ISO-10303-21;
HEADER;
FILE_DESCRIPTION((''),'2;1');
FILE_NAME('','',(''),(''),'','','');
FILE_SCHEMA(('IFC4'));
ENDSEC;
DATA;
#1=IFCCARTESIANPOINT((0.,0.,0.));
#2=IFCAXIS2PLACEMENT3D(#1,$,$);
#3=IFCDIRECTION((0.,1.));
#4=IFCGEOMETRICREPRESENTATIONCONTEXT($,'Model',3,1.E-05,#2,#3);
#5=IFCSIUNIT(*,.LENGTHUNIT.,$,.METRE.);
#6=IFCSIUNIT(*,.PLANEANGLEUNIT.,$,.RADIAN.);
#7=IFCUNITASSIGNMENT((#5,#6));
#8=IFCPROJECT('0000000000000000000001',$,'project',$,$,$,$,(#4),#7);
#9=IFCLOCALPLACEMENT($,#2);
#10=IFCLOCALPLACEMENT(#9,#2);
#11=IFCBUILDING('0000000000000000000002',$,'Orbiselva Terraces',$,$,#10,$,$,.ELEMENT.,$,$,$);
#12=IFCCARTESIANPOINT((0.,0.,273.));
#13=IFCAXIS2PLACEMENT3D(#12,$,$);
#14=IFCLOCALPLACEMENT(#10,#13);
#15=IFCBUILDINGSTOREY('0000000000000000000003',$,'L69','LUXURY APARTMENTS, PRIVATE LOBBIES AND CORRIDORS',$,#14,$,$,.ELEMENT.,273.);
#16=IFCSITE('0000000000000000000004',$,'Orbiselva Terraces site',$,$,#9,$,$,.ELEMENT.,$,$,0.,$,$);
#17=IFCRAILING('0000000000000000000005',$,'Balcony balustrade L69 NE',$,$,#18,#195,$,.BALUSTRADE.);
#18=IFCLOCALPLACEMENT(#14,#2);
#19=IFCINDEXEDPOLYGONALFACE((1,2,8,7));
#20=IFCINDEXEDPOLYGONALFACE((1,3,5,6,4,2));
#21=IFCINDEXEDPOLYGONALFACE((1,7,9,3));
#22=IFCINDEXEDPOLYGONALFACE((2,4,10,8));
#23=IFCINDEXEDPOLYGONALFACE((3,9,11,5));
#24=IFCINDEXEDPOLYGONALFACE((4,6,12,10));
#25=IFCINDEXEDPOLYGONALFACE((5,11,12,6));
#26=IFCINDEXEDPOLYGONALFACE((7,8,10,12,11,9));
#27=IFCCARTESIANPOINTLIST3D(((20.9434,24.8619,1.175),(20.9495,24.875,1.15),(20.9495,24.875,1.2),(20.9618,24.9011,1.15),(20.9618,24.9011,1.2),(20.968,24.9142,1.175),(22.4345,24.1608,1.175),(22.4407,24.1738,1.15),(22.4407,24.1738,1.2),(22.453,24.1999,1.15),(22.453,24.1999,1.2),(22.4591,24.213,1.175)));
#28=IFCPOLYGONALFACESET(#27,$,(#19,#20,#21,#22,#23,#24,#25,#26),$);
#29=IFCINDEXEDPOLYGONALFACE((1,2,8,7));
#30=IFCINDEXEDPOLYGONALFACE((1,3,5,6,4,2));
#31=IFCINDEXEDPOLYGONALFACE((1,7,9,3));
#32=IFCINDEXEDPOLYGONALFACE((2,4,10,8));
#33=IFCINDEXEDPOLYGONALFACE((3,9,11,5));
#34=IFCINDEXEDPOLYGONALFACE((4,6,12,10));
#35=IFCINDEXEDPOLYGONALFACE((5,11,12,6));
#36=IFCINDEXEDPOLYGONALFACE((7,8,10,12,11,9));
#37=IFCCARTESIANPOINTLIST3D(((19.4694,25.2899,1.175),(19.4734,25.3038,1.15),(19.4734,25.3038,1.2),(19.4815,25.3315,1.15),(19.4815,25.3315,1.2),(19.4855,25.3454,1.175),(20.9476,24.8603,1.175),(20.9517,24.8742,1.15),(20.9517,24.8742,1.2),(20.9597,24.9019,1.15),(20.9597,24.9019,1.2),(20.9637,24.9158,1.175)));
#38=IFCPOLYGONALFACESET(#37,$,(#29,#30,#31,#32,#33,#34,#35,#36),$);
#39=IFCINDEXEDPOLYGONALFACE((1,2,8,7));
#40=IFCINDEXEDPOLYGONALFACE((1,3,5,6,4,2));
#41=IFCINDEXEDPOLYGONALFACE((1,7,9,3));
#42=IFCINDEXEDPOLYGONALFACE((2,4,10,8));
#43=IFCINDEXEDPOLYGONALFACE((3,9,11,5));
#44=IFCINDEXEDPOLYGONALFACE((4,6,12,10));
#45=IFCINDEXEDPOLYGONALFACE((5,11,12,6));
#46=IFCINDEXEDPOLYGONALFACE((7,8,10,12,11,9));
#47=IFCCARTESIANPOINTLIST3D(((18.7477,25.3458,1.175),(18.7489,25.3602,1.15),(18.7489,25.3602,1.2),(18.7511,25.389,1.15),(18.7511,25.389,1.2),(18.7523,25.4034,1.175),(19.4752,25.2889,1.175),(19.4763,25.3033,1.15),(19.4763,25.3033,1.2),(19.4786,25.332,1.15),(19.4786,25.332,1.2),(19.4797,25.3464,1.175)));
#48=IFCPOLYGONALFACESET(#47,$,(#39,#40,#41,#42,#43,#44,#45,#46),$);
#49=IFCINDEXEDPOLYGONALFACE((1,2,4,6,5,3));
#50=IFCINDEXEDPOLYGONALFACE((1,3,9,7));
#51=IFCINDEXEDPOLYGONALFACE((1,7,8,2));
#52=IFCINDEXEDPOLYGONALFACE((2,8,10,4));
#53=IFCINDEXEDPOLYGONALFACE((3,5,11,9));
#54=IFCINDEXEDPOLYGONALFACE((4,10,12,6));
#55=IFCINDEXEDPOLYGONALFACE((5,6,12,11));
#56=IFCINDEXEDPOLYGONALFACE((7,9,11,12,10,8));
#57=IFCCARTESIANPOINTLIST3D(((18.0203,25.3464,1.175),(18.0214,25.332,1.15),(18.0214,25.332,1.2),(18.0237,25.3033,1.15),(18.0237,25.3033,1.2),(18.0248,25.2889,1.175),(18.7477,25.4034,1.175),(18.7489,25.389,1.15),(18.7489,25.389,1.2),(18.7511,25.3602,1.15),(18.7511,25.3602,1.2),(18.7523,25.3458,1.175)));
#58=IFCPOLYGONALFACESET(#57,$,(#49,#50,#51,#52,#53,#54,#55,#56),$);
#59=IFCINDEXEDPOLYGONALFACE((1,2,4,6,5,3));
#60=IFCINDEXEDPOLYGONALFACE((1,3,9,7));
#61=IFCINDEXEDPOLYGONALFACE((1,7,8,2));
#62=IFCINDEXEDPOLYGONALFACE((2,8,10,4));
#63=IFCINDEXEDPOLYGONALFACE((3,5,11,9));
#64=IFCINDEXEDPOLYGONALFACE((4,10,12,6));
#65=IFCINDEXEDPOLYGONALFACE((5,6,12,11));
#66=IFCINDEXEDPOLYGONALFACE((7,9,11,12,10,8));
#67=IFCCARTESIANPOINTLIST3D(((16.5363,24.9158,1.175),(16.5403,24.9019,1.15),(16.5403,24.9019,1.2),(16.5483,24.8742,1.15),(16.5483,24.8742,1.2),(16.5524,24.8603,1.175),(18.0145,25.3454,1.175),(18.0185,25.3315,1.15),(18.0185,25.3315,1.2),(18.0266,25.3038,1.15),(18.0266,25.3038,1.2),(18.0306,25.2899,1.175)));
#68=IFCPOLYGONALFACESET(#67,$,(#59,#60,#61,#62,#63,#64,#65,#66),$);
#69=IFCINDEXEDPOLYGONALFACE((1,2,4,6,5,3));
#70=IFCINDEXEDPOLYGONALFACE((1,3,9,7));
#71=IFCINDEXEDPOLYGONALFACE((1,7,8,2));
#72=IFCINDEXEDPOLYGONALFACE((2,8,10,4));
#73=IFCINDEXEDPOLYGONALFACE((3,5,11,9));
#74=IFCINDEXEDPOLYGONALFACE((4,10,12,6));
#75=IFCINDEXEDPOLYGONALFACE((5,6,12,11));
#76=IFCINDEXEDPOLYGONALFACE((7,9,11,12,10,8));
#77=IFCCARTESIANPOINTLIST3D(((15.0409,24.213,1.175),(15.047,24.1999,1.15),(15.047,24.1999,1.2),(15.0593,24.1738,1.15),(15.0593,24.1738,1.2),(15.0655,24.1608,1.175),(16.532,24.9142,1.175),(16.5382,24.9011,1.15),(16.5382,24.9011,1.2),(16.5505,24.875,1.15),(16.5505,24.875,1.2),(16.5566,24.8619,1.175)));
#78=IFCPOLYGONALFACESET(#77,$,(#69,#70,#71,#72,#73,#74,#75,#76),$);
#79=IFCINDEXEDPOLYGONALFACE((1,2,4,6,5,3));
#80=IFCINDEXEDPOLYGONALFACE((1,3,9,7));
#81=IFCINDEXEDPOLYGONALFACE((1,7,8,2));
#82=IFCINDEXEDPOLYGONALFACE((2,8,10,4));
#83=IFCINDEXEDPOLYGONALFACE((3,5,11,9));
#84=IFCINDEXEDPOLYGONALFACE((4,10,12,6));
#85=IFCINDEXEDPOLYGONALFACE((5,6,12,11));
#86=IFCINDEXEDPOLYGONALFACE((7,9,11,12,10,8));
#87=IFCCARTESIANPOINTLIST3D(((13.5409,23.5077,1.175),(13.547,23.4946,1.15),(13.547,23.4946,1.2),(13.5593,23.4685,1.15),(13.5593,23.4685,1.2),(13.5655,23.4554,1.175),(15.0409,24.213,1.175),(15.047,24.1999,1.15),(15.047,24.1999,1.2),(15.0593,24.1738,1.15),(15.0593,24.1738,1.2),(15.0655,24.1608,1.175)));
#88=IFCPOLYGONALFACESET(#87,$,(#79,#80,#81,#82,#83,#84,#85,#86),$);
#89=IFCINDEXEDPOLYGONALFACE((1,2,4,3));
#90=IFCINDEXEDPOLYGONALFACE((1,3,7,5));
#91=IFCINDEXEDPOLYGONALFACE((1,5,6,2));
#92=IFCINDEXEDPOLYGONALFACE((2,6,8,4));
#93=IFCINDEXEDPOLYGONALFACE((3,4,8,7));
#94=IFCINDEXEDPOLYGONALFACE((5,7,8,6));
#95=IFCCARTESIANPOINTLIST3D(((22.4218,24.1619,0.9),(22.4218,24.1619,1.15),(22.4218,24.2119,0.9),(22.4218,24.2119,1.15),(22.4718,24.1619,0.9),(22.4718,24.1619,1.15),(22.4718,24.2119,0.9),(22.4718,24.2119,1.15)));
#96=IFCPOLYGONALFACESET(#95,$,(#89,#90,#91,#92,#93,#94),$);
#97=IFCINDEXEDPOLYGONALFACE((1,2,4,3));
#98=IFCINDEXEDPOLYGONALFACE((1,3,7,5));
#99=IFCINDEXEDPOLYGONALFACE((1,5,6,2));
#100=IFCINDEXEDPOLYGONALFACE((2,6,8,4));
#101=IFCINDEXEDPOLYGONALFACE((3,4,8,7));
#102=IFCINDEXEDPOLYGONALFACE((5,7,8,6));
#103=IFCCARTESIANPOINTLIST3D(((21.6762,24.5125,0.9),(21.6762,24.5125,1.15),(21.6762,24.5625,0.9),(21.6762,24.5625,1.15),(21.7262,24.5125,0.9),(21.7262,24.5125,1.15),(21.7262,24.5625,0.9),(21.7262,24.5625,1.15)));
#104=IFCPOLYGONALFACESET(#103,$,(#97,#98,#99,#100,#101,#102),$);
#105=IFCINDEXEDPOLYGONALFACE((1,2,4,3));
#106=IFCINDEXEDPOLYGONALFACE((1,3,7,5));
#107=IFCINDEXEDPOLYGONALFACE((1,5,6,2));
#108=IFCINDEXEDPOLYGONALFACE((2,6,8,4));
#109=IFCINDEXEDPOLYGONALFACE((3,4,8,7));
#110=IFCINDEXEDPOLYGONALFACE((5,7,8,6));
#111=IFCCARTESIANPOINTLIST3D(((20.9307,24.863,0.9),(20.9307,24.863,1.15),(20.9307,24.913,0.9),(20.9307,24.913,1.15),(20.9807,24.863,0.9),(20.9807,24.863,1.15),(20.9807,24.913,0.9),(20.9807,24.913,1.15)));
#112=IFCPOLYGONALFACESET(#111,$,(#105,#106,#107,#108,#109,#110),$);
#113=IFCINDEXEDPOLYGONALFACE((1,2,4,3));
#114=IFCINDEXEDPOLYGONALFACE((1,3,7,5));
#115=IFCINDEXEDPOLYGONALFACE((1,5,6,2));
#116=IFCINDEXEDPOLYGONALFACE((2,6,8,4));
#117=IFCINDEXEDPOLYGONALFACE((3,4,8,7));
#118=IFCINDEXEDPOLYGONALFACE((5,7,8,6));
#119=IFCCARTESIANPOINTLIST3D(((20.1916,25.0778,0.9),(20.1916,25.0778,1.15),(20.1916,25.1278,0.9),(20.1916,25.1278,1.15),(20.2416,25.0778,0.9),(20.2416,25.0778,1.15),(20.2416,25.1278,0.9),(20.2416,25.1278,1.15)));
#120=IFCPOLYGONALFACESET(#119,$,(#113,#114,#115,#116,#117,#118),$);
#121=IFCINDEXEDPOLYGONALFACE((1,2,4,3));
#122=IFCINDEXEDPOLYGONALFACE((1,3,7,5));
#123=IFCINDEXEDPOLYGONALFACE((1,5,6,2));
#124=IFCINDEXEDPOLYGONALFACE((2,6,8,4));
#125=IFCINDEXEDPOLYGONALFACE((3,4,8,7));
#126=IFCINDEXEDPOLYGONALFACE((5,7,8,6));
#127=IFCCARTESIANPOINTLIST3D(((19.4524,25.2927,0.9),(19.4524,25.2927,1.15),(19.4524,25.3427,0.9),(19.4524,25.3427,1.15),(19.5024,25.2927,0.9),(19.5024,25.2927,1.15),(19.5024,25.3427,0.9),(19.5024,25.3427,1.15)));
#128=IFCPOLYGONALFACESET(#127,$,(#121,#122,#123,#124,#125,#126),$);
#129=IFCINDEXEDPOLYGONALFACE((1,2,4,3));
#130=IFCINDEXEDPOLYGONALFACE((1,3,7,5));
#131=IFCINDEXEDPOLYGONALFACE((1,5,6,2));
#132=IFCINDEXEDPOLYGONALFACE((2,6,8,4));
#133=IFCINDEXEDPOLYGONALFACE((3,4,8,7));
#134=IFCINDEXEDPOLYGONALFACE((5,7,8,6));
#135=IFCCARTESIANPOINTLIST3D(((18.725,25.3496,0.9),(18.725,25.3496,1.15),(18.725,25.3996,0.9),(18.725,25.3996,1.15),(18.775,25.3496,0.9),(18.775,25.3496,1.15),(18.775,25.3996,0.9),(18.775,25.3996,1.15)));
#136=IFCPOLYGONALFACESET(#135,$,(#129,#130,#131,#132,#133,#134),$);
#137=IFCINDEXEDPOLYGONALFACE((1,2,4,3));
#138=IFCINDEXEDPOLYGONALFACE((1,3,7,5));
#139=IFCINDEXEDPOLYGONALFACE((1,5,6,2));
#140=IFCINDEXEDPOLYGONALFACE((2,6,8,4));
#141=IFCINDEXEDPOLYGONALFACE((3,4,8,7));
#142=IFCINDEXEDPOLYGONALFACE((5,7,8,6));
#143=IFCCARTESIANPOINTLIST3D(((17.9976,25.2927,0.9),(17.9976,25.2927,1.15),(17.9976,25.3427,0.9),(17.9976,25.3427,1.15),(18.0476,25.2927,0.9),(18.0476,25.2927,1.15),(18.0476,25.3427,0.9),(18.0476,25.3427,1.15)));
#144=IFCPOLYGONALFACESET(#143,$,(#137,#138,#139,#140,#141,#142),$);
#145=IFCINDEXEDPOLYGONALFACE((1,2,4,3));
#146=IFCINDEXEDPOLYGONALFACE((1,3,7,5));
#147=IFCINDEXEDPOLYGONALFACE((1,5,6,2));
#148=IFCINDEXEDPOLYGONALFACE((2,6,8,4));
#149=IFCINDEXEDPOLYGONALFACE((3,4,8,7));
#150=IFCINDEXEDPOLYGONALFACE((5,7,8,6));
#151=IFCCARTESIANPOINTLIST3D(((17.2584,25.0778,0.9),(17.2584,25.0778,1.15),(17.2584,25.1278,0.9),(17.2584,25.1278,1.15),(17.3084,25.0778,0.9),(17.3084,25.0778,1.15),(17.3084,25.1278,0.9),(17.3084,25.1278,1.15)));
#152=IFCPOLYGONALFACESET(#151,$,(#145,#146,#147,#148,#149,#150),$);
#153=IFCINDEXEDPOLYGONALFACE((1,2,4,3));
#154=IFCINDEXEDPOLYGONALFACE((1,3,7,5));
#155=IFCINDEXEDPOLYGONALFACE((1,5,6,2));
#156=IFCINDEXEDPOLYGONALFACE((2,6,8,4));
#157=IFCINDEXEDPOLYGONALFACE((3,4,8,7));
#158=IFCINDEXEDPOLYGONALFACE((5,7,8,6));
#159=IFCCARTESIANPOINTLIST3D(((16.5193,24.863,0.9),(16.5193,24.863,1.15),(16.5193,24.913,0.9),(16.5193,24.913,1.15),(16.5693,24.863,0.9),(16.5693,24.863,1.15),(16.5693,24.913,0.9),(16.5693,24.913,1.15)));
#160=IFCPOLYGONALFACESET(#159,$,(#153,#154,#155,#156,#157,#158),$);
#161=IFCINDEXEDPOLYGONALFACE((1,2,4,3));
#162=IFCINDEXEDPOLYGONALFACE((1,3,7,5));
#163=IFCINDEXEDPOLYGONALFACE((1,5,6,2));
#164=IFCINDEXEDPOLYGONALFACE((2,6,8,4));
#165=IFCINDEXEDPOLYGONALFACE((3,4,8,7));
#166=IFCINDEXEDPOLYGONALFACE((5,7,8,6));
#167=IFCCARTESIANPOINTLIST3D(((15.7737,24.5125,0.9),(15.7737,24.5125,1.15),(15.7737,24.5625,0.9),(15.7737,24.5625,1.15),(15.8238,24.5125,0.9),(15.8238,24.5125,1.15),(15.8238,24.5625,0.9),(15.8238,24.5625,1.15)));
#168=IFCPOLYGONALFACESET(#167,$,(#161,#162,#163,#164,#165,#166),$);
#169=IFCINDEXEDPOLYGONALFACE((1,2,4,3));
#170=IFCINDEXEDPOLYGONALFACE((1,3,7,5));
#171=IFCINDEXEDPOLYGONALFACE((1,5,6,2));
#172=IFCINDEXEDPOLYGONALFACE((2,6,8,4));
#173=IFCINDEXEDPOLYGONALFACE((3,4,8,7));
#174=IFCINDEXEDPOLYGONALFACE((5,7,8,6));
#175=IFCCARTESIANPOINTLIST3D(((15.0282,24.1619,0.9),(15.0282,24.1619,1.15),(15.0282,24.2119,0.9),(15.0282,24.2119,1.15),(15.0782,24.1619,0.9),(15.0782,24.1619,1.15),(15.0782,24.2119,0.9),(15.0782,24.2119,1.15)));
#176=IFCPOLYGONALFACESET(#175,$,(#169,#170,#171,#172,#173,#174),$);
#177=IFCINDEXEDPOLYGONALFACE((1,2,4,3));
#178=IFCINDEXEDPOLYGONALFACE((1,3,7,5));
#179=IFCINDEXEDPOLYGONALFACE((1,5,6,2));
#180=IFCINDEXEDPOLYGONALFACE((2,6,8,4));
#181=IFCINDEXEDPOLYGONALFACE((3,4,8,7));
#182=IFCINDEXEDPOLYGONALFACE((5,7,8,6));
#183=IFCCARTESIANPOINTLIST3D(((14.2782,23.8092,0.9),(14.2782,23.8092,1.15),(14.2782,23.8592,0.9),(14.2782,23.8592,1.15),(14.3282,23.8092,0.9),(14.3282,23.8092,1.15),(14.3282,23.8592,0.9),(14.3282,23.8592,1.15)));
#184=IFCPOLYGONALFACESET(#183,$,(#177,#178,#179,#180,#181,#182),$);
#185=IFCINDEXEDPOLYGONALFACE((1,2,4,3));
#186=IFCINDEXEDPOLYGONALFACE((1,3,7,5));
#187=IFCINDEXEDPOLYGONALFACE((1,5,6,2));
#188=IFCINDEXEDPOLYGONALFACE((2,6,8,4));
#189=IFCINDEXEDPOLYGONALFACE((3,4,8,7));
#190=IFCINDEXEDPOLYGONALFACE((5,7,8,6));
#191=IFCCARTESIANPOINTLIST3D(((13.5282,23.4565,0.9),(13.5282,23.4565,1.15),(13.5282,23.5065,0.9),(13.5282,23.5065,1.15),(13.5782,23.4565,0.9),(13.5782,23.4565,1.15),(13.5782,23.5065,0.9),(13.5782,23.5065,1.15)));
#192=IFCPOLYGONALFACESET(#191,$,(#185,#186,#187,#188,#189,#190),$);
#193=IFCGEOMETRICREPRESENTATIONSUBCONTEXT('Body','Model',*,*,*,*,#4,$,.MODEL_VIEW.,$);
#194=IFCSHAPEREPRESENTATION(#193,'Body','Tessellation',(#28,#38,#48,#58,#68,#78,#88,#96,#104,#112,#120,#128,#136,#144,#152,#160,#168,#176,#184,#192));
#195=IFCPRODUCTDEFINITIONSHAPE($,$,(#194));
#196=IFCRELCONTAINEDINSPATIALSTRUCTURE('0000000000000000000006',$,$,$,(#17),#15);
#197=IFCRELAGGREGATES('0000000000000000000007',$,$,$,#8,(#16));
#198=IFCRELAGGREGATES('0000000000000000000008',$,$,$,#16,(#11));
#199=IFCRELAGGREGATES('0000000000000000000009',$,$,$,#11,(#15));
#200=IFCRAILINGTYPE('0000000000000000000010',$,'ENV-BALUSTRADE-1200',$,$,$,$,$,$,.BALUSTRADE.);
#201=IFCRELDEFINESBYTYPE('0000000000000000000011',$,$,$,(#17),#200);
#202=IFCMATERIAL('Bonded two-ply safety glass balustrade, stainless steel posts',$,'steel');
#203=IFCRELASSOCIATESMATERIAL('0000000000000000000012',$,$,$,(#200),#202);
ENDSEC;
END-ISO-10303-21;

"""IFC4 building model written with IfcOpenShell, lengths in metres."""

from ifc_helpers import new_model, si_unit, direction, frame, origin, origin_2d, place, context, subcontext, project, spatial, polyline, rectangle, outline, extrude, material, type_object, element, save


model = new_model("IFC4")

# Units and contexts
model_context = context("Model", 3, precision=1e-05, world=origin(), true_north=direction((0.0, 1.0)))
body_context = subcontext(model_context, "Body", "Model", "MODEL_VIEW")
ifc_project = project(units=[si_unit("LENGTHUNIT", "METRE"), si_unit("PLANEANGLEUNIT", "RADIAN")], contexts=[model_context])

# Site, building, storey
site_placement = place(None, origin())
site = spatial("IfcSite", under=ifc_project, at=site_placement, Name="Orbiselva Terraces site", CompositionType="ELEMENT", RefElevation=0.0)
building_placement = place(site_placement, origin())
building = spatial("IfcBuilding", under=site, at=building_placement, Name="Orbiselva Terraces", CompositionType="ELEMENT")
storey_placement = place(building_placement, frame((0.0, 0.0, 273.0)))
storey = spatial("IfcBuildingStorey", under=building, at=storey_placement, Name="L69", Description="LUXURY APARTMENTS, PRIVATE LOBBIES AND CORRIDORS", CompositionType="ELEMENT", Elevation=273.0)

# Railing
ifc_material_1 = material(Name="Bonded two-ply safety glass balustrade, stainless steel posts", Category="steel")
railing_type_1 = type_object("IfcRailingType", Name="ENV-BALUSTRADE-1200", PredefinedType="BALUSTRADE", material=ifc_material_1)
railing_1_placement = place(storey_placement, frame((22.4468, 24.1869, 0.9)))
element("IfcRailing", 1, at=railing_1_placement, inside=storey, type_object=railing_type_1, Name="Balcony balustrade L69 NE", PredefinedType="BALUSTRADE", context=body_context, shape_type="SweptSolid", body=[
    extrude(outline(polyline([(0.0289, 0.0), (0.0144, 0.025), (-0.0144, 0.025), (-0.0289, 0.0), (-0.0144, -0.025), (0.0144, -0.025), (0.0289, 0.0)])), frame((0.0, 0.0, 0.275), z_axis=(-0.904944, 0.42553, 0.0), x_axis=(-0.42553, -0.904944, 0.0)), (0.0, 0.0, 1.0), 1.6477),
    extrude(outline(polyline([(0.0289, 0.0), (0.0144, 0.025), (-0.0144, 0.025), (-0.0289, 0.0), (-0.0144, -0.025), (0.0144, -0.025), (0.0289, 0.0)])), frame((-1.4911, 0.7012, 0.275), z_axis=(-0.96027, 0.279072, 0.0), x_axis=(-0.279072, -0.96027, 0.0)), (0.0, 0.0, 1.0), 1.5394),
    extrude(outline(polyline([(0.0289, 0.0), (0.0144, 0.025), (-0.0144, 0.025), (-0.0289, 0.0), (-0.0144, -0.025), (0.0144, -0.025), (0.0289, 0.0)])), frame((-2.9694, 1.1308, 0.275), z_axis=(-0.996948, 0.07807, 0.0), x_axis=(-0.07807, -0.996948, 0.0)), (0.0, 0.0, 1.0), 0.7297),
    extrude(outline(polyline([(0.0289, 0.0), (0.0144, 0.025), (-0.0144, 0.025), (-0.0289, 0.0), (-0.0144, -0.025), (0.0144, -0.025), (0.0289, 0.0)])), frame((-3.6968, 1.1877, 0.275), z_axis=(-0.996948, -0.07807, 0.0), x_axis=(0.07807, -0.996948, 0.0)), (0.0, 0.0, 1.0), 0.7297),
    extrude(outline(polyline([(0.0289, 0.0), (0.0144, 0.025), (-0.0144, 0.025), (-0.0289, 0.0), (-0.0144, -0.025), (0.0144, -0.025), (0.0289, 0.0)])), frame((-4.4243, 1.1308, 0.275), z_axis=(-0.96027, -0.279072, 0.0), x_axis=(0.279072, -0.96027, 0.0)), (0.0, 0.0, 1.0), 1.5394),
    extrude(outline(polyline([(0.0289, 0.0), (0.0144, 0.025), (-0.0144, 0.025), (-0.0289, 0.0), (-0.0144, -0.025), (0.0144, -0.025), (0.0289, 0.0)])), frame((-5.9025, 0.7012, 0.275), z_axis=(-0.904944, -0.42553, 0.0), x_axis=(0.42553, -0.904944, 0.0)), (0.0, 0.0, 1.0), 1.6477),
    extrude(outline(polyline([(0.0289, 0.0), (0.0144, 0.025), (-0.0144, 0.025), (-0.0289, 0.0), (-0.0144, -0.025), (0.0144, -0.025), (0.0289, 0.0)])), frame((-7.3936, 0.0, 0.275), z_axis=(-0.904944, -0.42553, 0.0), x_axis=(0.42553, -0.904944, 0.0)), (0.0, 0.0, 1.0), 1.6576),
    extrude(rectangle(XDim=0.05, YDim=0.05, at=origin_2d()), origin(), (0.0, 0.0, 1.0), 0.25),
    extrude(rectangle(XDim=0.05, YDim=0.05, at=origin_2d()), frame((-0.7456, 0.3506, 0.0)), (0.0, 0.0, 1.0), 0.25),
    extrude(rectangle(XDim=0.05, YDim=0.05, at=origin_2d()), frame((-1.4911, 0.7012, 0.0)), (0.0, 0.0, 1.0), 0.25),
    extrude(rectangle(XDim=0.05, YDim=0.05, at=origin_2d()), frame((-2.2302, 0.916, 0.0)), (0.0, 0.0, 1.0), 0.25),
    extrude(rectangle(XDim=0.05, YDim=0.05, at=origin_2d()), frame((-2.9694, 1.1308, 0.0)), (0.0, 0.0, 1.0), 0.25),
    extrude(rectangle(XDim=0.05, YDim=0.05, at=origin_2d()), frame((-3.6968, 1.1877, 0.0)), (0.0, 0.0, 1.0), 0.25),
    extrude(rectangle(XDim=0.05, YDim=0.05, at=origin_2d()), frame((-4.4243, 1.1308, 0.0)), (0.0, 0.0, 1.0), 0.25),
    extrude(rectangle(XDim=0.05, YDim=0.05, at=origin_2d()), frame((-5.1634, 0.916, 0.0)), (0.0, 0.0, 1.0), 0.25),
    extrude(rectangle(XDim=0.05, YDim=0.05, at=origin_2d()), frame((-5.9025, 0.7012, 0.0)), (0.0, 0.0, 1.0), 0.25),
    extrude(rectangle(XDim=0.05, YDim=0.05, at=origin_2d()), frame((-6.6481, 0.3506, 0.0)), (0.0, 0.0, 1.0), 0.25),
    extrude(rectangle(XDim=0.05, YDim=0.05, at=origin_2d()), frame((-7.3936, 0.0, 0.0)), (0.0, 0.0, 1.0), 0.25),
    extrude(rectangle(XDim=0.05, YDim=0.05, at=origin_2d()), frame((-8.1436, -0.3527, 0.0)), (0.0, 0.0, 1.0), 0.25),
    extrude(rectangle(XDim=0.05, YDim=0.05, at=origin_2d()), frame((-8.8936, -0.7053, 0.0)), (0.0, 0.0, 1.0), 0.25),
])

save(model, "model.ifc")
